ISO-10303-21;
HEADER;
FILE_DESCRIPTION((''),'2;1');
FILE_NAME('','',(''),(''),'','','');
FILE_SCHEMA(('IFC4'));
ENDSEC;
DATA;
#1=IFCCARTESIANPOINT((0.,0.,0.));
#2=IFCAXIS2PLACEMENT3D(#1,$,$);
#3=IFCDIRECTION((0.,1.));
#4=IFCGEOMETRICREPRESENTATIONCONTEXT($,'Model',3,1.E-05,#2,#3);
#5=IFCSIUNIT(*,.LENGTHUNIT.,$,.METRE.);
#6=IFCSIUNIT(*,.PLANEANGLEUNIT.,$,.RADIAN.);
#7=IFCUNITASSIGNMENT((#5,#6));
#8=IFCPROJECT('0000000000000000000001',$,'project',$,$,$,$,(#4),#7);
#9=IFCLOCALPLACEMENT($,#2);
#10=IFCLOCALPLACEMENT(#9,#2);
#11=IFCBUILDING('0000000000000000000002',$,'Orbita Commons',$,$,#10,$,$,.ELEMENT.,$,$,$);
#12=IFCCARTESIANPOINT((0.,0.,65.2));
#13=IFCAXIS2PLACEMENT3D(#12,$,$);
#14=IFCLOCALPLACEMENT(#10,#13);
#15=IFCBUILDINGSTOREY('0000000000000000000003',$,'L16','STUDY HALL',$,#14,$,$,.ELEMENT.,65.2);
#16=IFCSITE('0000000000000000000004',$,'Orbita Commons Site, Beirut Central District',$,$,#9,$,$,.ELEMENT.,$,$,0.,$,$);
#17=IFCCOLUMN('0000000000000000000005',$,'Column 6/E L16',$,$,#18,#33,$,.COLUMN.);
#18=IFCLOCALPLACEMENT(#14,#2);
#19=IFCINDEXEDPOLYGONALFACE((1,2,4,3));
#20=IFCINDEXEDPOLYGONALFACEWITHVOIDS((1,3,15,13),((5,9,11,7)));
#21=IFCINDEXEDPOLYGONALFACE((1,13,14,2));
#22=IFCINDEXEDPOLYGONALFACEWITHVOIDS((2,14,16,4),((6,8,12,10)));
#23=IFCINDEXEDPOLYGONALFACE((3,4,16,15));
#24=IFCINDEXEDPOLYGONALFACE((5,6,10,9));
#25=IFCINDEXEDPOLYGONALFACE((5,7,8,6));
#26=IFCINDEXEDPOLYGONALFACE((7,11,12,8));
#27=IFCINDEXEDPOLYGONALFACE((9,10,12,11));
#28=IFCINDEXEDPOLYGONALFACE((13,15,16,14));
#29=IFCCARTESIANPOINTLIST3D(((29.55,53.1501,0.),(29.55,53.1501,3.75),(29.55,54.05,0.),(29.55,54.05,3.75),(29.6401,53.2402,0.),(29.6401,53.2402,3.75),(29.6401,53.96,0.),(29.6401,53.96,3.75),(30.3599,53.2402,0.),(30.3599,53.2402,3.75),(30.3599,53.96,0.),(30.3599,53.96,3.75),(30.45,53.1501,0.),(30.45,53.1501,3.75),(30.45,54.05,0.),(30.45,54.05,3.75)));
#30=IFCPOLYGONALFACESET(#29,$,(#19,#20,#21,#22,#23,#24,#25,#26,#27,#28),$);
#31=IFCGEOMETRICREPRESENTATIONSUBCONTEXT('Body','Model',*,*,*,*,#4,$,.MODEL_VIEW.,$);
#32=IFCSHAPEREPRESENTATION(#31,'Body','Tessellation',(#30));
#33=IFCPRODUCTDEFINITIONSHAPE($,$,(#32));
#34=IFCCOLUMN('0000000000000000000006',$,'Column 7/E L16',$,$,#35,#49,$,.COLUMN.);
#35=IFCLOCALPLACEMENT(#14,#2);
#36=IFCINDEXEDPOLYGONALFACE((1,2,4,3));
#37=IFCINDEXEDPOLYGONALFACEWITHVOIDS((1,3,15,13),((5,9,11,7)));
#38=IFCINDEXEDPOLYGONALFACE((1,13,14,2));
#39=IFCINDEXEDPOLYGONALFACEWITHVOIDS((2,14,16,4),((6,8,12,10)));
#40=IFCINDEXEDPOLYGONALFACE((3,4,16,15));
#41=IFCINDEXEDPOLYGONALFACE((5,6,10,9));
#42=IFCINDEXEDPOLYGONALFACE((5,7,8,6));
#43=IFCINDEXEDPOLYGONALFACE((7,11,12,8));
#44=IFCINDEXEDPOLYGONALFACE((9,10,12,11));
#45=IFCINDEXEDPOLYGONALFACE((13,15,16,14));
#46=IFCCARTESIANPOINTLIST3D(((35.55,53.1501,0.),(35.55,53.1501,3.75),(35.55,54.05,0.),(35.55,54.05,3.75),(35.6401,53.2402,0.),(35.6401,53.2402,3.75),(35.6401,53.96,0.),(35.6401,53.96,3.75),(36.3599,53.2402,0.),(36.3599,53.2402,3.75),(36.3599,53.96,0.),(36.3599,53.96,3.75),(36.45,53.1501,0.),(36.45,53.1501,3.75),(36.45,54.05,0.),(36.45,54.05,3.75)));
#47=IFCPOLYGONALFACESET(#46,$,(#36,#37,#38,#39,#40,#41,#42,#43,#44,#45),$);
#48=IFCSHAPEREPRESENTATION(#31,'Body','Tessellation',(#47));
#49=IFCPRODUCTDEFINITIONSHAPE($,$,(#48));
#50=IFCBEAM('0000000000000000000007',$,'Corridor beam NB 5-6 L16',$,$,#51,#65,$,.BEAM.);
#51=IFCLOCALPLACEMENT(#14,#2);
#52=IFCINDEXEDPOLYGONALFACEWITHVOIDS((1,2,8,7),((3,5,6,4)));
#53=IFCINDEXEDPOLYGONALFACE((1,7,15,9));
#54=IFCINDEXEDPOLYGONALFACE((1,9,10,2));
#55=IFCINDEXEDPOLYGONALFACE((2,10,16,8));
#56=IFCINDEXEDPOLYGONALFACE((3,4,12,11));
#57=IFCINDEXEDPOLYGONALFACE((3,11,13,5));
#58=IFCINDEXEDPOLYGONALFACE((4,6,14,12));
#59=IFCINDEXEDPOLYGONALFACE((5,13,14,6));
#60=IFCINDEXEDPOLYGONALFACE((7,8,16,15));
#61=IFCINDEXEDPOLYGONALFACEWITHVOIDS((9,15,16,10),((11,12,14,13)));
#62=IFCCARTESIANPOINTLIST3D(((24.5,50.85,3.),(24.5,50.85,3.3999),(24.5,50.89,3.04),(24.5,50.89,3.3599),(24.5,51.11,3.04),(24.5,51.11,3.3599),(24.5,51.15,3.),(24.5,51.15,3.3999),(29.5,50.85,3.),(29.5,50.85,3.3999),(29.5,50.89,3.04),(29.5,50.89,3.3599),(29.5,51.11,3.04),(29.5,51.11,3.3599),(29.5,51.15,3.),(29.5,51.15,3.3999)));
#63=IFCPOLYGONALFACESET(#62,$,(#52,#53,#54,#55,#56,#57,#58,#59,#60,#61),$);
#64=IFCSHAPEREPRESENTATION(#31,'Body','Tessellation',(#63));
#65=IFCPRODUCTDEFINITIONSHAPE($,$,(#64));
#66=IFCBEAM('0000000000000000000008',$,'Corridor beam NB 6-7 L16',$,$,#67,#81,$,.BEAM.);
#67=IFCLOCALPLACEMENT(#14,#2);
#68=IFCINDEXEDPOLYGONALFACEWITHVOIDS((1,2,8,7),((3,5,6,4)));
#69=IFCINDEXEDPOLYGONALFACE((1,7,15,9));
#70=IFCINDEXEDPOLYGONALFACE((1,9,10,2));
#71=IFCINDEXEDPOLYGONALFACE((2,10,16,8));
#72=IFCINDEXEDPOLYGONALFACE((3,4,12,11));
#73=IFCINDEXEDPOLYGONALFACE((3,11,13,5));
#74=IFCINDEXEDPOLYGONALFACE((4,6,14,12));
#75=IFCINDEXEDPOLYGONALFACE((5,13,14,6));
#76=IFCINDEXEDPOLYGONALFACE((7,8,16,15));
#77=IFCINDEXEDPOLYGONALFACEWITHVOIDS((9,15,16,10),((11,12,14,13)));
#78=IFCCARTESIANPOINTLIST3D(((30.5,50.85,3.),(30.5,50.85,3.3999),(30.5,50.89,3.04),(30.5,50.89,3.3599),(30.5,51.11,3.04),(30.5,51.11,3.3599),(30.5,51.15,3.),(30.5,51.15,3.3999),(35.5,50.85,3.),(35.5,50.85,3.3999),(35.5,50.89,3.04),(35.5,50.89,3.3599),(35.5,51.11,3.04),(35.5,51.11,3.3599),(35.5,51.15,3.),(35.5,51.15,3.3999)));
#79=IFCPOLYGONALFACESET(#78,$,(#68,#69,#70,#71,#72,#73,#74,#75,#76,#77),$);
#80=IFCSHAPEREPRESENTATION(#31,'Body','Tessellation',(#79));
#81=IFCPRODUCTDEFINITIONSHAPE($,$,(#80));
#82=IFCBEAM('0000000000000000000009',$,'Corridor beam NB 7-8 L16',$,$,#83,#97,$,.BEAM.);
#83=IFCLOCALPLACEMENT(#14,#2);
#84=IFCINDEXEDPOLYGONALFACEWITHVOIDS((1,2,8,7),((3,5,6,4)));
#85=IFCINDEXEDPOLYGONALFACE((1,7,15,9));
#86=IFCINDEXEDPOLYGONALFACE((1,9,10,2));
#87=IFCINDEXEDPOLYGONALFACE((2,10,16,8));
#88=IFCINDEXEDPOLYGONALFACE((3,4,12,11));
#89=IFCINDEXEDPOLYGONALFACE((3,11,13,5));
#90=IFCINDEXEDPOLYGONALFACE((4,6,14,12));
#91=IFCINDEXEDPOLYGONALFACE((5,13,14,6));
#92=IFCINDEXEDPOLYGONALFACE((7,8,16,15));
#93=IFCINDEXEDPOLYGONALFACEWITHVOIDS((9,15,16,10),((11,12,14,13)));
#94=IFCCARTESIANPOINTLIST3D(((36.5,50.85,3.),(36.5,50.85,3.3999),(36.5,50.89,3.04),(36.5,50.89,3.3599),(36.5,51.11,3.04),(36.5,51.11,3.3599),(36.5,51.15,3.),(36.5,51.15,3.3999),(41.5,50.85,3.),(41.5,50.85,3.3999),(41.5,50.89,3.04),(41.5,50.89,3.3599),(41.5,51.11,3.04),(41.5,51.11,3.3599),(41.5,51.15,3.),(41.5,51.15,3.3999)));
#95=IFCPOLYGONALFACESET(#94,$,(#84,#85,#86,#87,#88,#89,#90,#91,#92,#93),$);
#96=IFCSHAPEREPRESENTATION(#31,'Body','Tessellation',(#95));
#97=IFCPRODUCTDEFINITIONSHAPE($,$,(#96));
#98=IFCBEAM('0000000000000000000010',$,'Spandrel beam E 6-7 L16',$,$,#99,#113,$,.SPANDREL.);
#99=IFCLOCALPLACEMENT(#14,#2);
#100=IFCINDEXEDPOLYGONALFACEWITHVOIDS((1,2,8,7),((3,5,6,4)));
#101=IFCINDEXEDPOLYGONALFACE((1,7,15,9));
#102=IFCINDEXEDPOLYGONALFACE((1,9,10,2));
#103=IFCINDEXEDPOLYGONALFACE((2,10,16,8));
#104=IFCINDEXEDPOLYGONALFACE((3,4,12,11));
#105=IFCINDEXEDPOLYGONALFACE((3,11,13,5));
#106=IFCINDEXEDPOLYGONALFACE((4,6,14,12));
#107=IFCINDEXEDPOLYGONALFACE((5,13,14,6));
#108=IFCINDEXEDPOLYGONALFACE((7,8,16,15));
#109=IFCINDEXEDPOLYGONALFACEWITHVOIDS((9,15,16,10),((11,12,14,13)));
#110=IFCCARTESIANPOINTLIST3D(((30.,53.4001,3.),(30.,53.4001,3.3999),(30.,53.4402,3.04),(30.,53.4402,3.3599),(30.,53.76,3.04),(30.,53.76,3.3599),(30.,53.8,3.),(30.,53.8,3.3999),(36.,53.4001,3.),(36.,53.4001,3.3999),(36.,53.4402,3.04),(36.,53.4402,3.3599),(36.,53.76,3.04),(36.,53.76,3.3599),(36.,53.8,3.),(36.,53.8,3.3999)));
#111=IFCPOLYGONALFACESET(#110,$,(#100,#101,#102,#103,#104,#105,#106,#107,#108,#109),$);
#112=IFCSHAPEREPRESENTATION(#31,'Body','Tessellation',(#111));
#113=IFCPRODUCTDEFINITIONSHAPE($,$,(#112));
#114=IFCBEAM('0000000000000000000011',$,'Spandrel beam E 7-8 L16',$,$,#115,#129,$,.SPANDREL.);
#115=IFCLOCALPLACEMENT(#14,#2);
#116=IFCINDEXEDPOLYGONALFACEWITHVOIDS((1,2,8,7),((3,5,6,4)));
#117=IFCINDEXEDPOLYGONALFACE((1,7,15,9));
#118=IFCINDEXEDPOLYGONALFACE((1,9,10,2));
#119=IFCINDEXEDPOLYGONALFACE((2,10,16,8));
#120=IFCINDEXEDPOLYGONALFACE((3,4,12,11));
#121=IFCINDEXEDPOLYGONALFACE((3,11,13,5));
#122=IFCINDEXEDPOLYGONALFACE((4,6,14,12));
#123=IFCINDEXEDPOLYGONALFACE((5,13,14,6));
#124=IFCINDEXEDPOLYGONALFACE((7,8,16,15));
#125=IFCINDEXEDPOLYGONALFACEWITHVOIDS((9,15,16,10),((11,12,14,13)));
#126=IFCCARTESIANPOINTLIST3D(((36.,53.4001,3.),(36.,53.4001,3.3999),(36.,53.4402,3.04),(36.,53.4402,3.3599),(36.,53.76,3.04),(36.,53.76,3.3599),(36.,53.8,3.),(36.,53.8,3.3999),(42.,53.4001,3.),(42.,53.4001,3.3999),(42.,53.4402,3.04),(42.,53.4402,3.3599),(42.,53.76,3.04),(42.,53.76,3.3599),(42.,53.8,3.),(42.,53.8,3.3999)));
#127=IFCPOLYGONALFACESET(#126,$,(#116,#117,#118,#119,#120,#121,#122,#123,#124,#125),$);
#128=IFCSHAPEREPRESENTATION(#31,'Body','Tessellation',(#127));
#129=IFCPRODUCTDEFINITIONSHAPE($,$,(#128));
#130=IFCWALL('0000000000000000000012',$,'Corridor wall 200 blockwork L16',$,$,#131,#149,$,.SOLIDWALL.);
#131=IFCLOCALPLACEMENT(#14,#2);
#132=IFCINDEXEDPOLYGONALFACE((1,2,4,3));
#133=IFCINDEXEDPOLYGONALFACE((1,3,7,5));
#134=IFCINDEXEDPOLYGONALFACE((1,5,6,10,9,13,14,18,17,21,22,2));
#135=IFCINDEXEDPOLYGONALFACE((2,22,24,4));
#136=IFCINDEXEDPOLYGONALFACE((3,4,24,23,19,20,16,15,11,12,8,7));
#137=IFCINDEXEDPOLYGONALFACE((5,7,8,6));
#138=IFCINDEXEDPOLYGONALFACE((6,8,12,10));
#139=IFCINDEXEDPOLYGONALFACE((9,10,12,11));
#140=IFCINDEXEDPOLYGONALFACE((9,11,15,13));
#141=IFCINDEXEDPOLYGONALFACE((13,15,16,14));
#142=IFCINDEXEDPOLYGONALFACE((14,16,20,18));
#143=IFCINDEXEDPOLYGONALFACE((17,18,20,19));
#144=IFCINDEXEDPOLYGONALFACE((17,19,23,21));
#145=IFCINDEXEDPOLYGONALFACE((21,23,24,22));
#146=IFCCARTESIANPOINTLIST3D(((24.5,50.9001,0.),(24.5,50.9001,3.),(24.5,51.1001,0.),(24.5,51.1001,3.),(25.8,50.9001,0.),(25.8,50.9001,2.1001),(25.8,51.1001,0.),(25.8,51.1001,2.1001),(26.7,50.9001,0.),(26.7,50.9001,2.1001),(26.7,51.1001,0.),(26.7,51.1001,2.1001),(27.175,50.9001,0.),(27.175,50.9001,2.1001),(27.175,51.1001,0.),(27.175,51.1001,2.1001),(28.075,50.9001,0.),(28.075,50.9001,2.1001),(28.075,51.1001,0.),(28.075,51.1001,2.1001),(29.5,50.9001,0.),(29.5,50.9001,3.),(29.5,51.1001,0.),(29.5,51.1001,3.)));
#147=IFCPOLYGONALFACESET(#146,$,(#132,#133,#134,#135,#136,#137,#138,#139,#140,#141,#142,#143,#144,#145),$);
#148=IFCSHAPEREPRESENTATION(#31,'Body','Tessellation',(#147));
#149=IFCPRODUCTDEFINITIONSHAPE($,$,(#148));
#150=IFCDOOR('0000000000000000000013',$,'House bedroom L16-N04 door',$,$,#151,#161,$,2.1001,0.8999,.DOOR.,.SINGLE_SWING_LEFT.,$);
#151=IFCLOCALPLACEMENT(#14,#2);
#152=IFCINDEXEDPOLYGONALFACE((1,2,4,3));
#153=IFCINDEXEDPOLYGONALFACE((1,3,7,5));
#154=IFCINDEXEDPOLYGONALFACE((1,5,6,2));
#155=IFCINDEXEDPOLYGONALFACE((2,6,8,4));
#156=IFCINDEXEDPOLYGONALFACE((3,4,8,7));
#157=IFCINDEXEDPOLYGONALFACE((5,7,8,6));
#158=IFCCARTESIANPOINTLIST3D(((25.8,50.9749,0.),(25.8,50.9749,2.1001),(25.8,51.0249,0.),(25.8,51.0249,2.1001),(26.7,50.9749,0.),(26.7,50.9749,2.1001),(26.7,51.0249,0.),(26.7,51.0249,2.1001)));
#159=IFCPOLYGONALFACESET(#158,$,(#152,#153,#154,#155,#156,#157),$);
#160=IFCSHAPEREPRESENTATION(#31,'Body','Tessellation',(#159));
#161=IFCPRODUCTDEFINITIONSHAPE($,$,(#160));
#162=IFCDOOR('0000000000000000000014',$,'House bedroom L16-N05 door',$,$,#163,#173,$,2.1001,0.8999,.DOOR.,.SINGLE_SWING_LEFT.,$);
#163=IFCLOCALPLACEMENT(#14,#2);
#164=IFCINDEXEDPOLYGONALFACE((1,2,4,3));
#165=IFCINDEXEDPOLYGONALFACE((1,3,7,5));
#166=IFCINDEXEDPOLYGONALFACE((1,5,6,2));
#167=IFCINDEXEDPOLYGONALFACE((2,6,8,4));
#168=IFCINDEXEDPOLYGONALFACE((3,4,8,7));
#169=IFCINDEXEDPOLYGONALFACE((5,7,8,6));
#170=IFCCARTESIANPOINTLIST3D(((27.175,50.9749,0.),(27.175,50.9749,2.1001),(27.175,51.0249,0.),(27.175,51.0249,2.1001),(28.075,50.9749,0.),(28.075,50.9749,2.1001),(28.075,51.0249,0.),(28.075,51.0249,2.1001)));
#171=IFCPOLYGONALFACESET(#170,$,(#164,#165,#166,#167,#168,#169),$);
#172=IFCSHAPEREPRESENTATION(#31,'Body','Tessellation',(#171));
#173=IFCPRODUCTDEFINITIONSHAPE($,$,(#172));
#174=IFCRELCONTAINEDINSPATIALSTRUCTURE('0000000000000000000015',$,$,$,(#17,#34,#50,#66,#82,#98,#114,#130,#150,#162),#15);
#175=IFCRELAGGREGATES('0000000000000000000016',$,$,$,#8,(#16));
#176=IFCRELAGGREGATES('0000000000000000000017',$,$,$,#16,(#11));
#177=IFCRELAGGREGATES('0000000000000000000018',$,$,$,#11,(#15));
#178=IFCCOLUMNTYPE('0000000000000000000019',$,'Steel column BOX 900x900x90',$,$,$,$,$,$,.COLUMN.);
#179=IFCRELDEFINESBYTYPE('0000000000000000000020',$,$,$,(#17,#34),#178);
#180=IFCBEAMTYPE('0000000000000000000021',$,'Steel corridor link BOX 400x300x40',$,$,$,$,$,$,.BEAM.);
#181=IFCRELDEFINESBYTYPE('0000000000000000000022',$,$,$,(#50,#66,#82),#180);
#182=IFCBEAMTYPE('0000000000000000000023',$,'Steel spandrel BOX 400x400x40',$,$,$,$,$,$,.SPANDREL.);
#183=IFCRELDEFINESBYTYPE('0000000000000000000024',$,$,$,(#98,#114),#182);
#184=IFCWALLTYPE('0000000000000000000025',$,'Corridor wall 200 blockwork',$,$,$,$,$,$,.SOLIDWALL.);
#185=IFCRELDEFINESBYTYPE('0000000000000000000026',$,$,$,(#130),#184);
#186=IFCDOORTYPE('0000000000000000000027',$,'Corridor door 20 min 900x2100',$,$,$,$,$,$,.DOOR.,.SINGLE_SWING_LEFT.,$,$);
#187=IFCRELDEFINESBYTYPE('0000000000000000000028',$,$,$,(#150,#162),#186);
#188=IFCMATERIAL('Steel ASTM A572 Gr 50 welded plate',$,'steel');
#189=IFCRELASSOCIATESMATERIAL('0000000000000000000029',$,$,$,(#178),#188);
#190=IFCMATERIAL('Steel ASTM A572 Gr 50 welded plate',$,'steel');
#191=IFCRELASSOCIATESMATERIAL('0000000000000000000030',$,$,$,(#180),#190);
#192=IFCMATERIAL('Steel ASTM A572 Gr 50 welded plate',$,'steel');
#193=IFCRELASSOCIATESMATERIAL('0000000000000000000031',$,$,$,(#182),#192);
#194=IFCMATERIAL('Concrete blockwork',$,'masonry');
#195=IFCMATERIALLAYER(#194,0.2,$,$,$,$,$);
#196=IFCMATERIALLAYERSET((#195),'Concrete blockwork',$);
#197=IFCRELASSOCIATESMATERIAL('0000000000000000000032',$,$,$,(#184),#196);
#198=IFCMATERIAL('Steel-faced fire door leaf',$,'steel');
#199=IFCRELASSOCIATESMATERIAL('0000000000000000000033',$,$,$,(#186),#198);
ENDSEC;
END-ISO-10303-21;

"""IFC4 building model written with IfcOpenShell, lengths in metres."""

from ifc_helpers import new_model, si_unit, direction, frame, frame_2d, origin, origin_2d, place, context, subcontext, project, spatial, polyline, rectangle, hollow_rectangle, outline, extrude, material, layer, layer_set, material_profile, profile_set, type_object, element, fill, save


model = new_model("IFC4")

# Units and contexts
model_context = context("Model", 3, precision=1e-05, world=origin(), true_north=direction((0.0, 1.0)))
body_context = subcontext(model_context, "Body", "Model", "MODEL_VIEW")
ifc_project = project(units=[si_unit("LENGTHUNIT", "METRE"), si_unit("PLANEANGLEUNIT", "RADIAN")], contexts=[model_context])

# Site, building, storey
site_placement = place(None, origin())
site = spatial("IfcSite", under=ifc_project, at=site_placement, Name="Orbita Commons Site, Beirut Central District", CompositionType="ELEMENT", RefElevation=0.0)
building_placement = place(site_placement, origin())
building = spatial("IfcBuilding", under=site, at=building_placement, Name="Orbita Commons", CompositionType="ELEMENT")
storey_placement = place(building_placement, frame((0.0, 0.0, 65.2)))
storey = spatial("IfcBuildingStorey", under=building, at=storey_placement, Name="L16", Description="STUDY HALL", CompositionType="ELEMENT", Elevation=65.2)

# Columns
ifc_material_1 = material(Name="Steel ASTM A572 Gr 50 welded plate", Category="steel")
ifc_material_profile_1 = material_profile(ifc_material_1, hollow_rectangle(XDim=0.8999, YDim=0.8999, WallThickness=0.0901, at=origin_2d()), Name="BOX 900x900x90")
ifc_profile_set_1 = profile_set([ifc_material_profile_1], Name="Steel ASTM A572 Gr 50 welded plate")
column_type = type_object("IfcColumnType", Name="Steel column BOX 900x900x90", PredefinedType="COLUMN", material=ifc_profile_set_1)
for number, where, z_axis, x_axis, name in (
    (1, (30.0, 53.6001, 0.0), (0.0, 0.0, 1.0), (1.0, 0.0, 0.0), "Column 6/E L16"),
    (2, (36.0, 53.6001, 0.0), (0.0, 0.0, 1.0), (1.0, 0.0, 0.0), "Column 7/E L16"),
):
    element("IfcColumn", number, at=place(storey_placement, frame(where, z_axis=z_axis, x_axis=x_axis)), inside=storey, type_object=column_type, Name=name, PredefinedType="COLUMN", context=body_context, shape_type="SweptSolid", body=[
        extrude(hollow_rectangle(XDim=0.8999, YDim=0.8999, WallThickness=0.0901, at=origin_2d()), origin(), (0.0, 0.0, 1.0), 3.75),
    ])

# Beams
ifc_material_2 = material(Name="Steel ASTM A572 Gr 50 welded plate", Category="steel")
ifc_material_profile_2 = material_profile(ifc_material_2, hollow_rectangle(XDim=0.3, YDim=0.3999, WallThickness=0.04, at=origin_2d()), Name="BOX 400x300x40")
ifc_profile_set_2 = profile_set([ifc_material_profile_2], Name="Steel ASTM A572 Gr 50 welded plate")
beam_type_1 = type_object("IfcBeamType", Name="Steel corridor link BOX 400x300x40", PredefinedType="BEAM", material=ifc_profile_set_2)
for number, where, z_axis, x_axis, name in (
    (3, (24.5, 51.0, 3.2), (1.0, 0.0, 0.0), (0.0, 1.0, 0.0), "Corridor beam NB 5-6 L16"),
    (4, (30.5, 51.0, 3.2), (1.0, 0.0, 0.0), (0.0, 1.0, 0.0), "Corridor beam NB 6-7 L16"),
    (5, (36.5, 51.0, 3.2), (1.0, 0.0, 0.0), (0.0, 1.0, 0.0), "Corridor beam NB 7-8 L16"),
):
    element("IfcBeam", number, at=place(storey_placement, frame(where, z_axis=z_axis, x_axis=x_axis)), inside=storey, type_object=beam_type_1, Name=name, PredefinedType="BEAM", context=body_context, shape_type="SweptSolid", body=[
        extrude(hollow_rectangle(XDim=0.3, YDim=0.3999, WallThickness=0.04, at=origin_2d()), origin(), (0.0, 0.0, 1.0), 5.0),
    ])
ifc_material_3 = material(Name="Steel ASTM A572 Gr 50 welded plate", Category="steel")
ifc_material_profile_3 = material_profile(ifc_material_3, hollow_rectangle(XDim=0.3999, YDim=0.3999, WallThickness=0.04, at=origin_2d()), Name="BOX 400x400x40")
ifc_profile_set_3 = profile_set([ifc_material_profile_3], Name="Steel ASTM A572 Gr 50 welded plate")
beam_type_2 = type_object("IfcBeamType", Name="Steel spandrel BOX 400x400x40", PredefinedType="SPANDREL", material=ifc_profile_set_3)
for number, where, z_axis, x_axis, name in (
    (6, (30.0, 53.6001, 3.2), (1.0, 0.0, 0.0), (0.0, 1.0, 0.0), "Spandrel beam E 6-7 L16"),
    (7, (36.0, 53.6001, 3.2), (1.0, 0.0, 0.0), (0.0, 1.0, 0.0), "Spandrel beam E 7-8 L16"),
):
    element("IfcBeam", number, at=place(storey_placement, frame(where, z_axis=z_axis, x_axis=x_axis)), inside=storey, type_object=beam_type_2, Name=name, PredefinedType="SPANDREL", context=body_context, shape_type="SweptSolid", body=[
        extrude(hollow_rectangle(XDim=0.3999, YDim=0.3999, WallThickness=0.04, at=origin_2d()), origin(), (0.0, 0.0, 1.0), 6.0),
    ])

# Wall, openings, doors
ifc_material_4 = material(Name="Concrete blockwork", Category="masonry")
ifc_layer_1 = layer(ifc_material_4, 0.2)
ifc_layer_set_1 = layer_set([ifc_layer_1], Name="Concrete blockwork")
wall_type_1 = type_object("IfcWallType", Name="Corridor wall 200 blockwork", PredefinedType="SOLIDWALL", material=ifc_layer_set_1)
wall_1_placement = place(storey_placement, frame((24.5, 51.0, 0.0), z_axis=(0.0, 0.0, 1.0), x_axis=(1.0, 0.0, 0.0)))
wall_1 = element("IfcWall", 8, at=wall_1_placement, inside=storey, type_object=wall_type_1, Name="Corridor wall 200 blockwork L16", PredefinedType="SOLIDWALL", context=body_context, shape_type="SweptSolid", body=[
    extrude(outline(polyline([(0.0, 0.0), (5.0, 0.0), (5.0, 3.0), (0.0, 3.0), (0.0, 0.0)])), frame((0.0, 0.1001, 0.0), z_axis=(0.0, -1.0, 0.0), x_axis=(1.0, 0.0, 0.0)), (0.0, 0.0, 1.0), 0.2),
])
opening_1_placement = place(wall_1_placement, frame((1.3, 0.0, 0.0)))
opening_1 = element("IfcOpeningElement", 9, at=opening_1_placement, cuts=wall_1, PredefinedType="OPENING", context=body_context, shape_type="SweptSolid", body=[
    extrude(rectangle(XDim=0.8999, YDim=2.1001, at=frame_2d((0.45, 1.05))), frame((0.0, 0.1099, 0.0), z_axis=(0.0, -1.0, 0.0), x_axis=(1.0, 0.0, 0.0)), (0.0, 0.0, 1.0), 0.22),
])
opening_2_placement = place(wall_1_placement, frame((2.675, 0.0, 0.0)))
opening_2 = element("IfcOpeningElement", 10, at=opening_2_placement, cuts=wall_1, PredefinedType="OPENING", context=body_context, shape_type="SweptSolid", body=[
    extrude(rectangle(XDim=0.8999, YDim=2.1001, at=frame_2d((0.45, 1.05))), frame((0.0, 0.1099, 0.0), z_axis=(0.0, -1.0, 0.0), x_axis=(1.0, 0.0, 0.0)), (0.0, 0.0, 1.0), 0.22),
])
ifc_material_5 = material(Name="Steel-faced fire door leaf", Category="steel")
door_type_1 = type_object("IfcDoorType", Name="Corridor door 20 min 900x2100", OperationType="SINGLE_SWING_LEFT", PredefinedType="DOOR", material=ifc_material_5)
door_1_placement = place(opening_1_placement, origin())
door_1 = element("IfcDoor", 11, at=door_1_placement, inside=storey, type_object=door_type_1, Name="House bedroom L16-N04 door", OperationType="SINGLE_SWING_LEFT", OverallHeight=2.1001, OverallWidth=0.8999, PredefinedType="DOOR", context=body_context, shape_type="SweptSolid", body=[
    extrude(rectangle(XDim=0.8999, YDim=2.1001, at=frame_2d((0.45, 1.05))), frame((0.0, 0.0249, 0.0), z_axis=(0.0, -1.0, 0.0), x_axis=(1.0, 0.0, 0.0)), (0.0, 0.0, 1.0), 0.05),
])
fill(opening_1, door_1)
door_2_placement = place(opening_2_placement, origin())
door_2 = element("IfcDoor", 12, at=door_2_placement, inside=storey, type_object=door_type_1, Name="House bedroom L16-N05 door", OperationType="SINGLE_SWING_LEFT", OverallHeight=2.1001, OverallWidth=0.8999, PredefinedType="DOOR", context=body_context, shape_type="SweptSolid", body=[
    extrude(rectangle(XDim=0.8999, YDim=2.1001, at=frame_2d((0.45, 1.05))), frame((0.0, 0.0249, 0.0), z_axis=(0.0, -1.0, 0.0), x_axis=(1.0, 0.0, 0.0)), (0.0, 0.0, 1.0), 0.05),
])
fill(opening_2, door_2)

save(model, "model.ifc")
